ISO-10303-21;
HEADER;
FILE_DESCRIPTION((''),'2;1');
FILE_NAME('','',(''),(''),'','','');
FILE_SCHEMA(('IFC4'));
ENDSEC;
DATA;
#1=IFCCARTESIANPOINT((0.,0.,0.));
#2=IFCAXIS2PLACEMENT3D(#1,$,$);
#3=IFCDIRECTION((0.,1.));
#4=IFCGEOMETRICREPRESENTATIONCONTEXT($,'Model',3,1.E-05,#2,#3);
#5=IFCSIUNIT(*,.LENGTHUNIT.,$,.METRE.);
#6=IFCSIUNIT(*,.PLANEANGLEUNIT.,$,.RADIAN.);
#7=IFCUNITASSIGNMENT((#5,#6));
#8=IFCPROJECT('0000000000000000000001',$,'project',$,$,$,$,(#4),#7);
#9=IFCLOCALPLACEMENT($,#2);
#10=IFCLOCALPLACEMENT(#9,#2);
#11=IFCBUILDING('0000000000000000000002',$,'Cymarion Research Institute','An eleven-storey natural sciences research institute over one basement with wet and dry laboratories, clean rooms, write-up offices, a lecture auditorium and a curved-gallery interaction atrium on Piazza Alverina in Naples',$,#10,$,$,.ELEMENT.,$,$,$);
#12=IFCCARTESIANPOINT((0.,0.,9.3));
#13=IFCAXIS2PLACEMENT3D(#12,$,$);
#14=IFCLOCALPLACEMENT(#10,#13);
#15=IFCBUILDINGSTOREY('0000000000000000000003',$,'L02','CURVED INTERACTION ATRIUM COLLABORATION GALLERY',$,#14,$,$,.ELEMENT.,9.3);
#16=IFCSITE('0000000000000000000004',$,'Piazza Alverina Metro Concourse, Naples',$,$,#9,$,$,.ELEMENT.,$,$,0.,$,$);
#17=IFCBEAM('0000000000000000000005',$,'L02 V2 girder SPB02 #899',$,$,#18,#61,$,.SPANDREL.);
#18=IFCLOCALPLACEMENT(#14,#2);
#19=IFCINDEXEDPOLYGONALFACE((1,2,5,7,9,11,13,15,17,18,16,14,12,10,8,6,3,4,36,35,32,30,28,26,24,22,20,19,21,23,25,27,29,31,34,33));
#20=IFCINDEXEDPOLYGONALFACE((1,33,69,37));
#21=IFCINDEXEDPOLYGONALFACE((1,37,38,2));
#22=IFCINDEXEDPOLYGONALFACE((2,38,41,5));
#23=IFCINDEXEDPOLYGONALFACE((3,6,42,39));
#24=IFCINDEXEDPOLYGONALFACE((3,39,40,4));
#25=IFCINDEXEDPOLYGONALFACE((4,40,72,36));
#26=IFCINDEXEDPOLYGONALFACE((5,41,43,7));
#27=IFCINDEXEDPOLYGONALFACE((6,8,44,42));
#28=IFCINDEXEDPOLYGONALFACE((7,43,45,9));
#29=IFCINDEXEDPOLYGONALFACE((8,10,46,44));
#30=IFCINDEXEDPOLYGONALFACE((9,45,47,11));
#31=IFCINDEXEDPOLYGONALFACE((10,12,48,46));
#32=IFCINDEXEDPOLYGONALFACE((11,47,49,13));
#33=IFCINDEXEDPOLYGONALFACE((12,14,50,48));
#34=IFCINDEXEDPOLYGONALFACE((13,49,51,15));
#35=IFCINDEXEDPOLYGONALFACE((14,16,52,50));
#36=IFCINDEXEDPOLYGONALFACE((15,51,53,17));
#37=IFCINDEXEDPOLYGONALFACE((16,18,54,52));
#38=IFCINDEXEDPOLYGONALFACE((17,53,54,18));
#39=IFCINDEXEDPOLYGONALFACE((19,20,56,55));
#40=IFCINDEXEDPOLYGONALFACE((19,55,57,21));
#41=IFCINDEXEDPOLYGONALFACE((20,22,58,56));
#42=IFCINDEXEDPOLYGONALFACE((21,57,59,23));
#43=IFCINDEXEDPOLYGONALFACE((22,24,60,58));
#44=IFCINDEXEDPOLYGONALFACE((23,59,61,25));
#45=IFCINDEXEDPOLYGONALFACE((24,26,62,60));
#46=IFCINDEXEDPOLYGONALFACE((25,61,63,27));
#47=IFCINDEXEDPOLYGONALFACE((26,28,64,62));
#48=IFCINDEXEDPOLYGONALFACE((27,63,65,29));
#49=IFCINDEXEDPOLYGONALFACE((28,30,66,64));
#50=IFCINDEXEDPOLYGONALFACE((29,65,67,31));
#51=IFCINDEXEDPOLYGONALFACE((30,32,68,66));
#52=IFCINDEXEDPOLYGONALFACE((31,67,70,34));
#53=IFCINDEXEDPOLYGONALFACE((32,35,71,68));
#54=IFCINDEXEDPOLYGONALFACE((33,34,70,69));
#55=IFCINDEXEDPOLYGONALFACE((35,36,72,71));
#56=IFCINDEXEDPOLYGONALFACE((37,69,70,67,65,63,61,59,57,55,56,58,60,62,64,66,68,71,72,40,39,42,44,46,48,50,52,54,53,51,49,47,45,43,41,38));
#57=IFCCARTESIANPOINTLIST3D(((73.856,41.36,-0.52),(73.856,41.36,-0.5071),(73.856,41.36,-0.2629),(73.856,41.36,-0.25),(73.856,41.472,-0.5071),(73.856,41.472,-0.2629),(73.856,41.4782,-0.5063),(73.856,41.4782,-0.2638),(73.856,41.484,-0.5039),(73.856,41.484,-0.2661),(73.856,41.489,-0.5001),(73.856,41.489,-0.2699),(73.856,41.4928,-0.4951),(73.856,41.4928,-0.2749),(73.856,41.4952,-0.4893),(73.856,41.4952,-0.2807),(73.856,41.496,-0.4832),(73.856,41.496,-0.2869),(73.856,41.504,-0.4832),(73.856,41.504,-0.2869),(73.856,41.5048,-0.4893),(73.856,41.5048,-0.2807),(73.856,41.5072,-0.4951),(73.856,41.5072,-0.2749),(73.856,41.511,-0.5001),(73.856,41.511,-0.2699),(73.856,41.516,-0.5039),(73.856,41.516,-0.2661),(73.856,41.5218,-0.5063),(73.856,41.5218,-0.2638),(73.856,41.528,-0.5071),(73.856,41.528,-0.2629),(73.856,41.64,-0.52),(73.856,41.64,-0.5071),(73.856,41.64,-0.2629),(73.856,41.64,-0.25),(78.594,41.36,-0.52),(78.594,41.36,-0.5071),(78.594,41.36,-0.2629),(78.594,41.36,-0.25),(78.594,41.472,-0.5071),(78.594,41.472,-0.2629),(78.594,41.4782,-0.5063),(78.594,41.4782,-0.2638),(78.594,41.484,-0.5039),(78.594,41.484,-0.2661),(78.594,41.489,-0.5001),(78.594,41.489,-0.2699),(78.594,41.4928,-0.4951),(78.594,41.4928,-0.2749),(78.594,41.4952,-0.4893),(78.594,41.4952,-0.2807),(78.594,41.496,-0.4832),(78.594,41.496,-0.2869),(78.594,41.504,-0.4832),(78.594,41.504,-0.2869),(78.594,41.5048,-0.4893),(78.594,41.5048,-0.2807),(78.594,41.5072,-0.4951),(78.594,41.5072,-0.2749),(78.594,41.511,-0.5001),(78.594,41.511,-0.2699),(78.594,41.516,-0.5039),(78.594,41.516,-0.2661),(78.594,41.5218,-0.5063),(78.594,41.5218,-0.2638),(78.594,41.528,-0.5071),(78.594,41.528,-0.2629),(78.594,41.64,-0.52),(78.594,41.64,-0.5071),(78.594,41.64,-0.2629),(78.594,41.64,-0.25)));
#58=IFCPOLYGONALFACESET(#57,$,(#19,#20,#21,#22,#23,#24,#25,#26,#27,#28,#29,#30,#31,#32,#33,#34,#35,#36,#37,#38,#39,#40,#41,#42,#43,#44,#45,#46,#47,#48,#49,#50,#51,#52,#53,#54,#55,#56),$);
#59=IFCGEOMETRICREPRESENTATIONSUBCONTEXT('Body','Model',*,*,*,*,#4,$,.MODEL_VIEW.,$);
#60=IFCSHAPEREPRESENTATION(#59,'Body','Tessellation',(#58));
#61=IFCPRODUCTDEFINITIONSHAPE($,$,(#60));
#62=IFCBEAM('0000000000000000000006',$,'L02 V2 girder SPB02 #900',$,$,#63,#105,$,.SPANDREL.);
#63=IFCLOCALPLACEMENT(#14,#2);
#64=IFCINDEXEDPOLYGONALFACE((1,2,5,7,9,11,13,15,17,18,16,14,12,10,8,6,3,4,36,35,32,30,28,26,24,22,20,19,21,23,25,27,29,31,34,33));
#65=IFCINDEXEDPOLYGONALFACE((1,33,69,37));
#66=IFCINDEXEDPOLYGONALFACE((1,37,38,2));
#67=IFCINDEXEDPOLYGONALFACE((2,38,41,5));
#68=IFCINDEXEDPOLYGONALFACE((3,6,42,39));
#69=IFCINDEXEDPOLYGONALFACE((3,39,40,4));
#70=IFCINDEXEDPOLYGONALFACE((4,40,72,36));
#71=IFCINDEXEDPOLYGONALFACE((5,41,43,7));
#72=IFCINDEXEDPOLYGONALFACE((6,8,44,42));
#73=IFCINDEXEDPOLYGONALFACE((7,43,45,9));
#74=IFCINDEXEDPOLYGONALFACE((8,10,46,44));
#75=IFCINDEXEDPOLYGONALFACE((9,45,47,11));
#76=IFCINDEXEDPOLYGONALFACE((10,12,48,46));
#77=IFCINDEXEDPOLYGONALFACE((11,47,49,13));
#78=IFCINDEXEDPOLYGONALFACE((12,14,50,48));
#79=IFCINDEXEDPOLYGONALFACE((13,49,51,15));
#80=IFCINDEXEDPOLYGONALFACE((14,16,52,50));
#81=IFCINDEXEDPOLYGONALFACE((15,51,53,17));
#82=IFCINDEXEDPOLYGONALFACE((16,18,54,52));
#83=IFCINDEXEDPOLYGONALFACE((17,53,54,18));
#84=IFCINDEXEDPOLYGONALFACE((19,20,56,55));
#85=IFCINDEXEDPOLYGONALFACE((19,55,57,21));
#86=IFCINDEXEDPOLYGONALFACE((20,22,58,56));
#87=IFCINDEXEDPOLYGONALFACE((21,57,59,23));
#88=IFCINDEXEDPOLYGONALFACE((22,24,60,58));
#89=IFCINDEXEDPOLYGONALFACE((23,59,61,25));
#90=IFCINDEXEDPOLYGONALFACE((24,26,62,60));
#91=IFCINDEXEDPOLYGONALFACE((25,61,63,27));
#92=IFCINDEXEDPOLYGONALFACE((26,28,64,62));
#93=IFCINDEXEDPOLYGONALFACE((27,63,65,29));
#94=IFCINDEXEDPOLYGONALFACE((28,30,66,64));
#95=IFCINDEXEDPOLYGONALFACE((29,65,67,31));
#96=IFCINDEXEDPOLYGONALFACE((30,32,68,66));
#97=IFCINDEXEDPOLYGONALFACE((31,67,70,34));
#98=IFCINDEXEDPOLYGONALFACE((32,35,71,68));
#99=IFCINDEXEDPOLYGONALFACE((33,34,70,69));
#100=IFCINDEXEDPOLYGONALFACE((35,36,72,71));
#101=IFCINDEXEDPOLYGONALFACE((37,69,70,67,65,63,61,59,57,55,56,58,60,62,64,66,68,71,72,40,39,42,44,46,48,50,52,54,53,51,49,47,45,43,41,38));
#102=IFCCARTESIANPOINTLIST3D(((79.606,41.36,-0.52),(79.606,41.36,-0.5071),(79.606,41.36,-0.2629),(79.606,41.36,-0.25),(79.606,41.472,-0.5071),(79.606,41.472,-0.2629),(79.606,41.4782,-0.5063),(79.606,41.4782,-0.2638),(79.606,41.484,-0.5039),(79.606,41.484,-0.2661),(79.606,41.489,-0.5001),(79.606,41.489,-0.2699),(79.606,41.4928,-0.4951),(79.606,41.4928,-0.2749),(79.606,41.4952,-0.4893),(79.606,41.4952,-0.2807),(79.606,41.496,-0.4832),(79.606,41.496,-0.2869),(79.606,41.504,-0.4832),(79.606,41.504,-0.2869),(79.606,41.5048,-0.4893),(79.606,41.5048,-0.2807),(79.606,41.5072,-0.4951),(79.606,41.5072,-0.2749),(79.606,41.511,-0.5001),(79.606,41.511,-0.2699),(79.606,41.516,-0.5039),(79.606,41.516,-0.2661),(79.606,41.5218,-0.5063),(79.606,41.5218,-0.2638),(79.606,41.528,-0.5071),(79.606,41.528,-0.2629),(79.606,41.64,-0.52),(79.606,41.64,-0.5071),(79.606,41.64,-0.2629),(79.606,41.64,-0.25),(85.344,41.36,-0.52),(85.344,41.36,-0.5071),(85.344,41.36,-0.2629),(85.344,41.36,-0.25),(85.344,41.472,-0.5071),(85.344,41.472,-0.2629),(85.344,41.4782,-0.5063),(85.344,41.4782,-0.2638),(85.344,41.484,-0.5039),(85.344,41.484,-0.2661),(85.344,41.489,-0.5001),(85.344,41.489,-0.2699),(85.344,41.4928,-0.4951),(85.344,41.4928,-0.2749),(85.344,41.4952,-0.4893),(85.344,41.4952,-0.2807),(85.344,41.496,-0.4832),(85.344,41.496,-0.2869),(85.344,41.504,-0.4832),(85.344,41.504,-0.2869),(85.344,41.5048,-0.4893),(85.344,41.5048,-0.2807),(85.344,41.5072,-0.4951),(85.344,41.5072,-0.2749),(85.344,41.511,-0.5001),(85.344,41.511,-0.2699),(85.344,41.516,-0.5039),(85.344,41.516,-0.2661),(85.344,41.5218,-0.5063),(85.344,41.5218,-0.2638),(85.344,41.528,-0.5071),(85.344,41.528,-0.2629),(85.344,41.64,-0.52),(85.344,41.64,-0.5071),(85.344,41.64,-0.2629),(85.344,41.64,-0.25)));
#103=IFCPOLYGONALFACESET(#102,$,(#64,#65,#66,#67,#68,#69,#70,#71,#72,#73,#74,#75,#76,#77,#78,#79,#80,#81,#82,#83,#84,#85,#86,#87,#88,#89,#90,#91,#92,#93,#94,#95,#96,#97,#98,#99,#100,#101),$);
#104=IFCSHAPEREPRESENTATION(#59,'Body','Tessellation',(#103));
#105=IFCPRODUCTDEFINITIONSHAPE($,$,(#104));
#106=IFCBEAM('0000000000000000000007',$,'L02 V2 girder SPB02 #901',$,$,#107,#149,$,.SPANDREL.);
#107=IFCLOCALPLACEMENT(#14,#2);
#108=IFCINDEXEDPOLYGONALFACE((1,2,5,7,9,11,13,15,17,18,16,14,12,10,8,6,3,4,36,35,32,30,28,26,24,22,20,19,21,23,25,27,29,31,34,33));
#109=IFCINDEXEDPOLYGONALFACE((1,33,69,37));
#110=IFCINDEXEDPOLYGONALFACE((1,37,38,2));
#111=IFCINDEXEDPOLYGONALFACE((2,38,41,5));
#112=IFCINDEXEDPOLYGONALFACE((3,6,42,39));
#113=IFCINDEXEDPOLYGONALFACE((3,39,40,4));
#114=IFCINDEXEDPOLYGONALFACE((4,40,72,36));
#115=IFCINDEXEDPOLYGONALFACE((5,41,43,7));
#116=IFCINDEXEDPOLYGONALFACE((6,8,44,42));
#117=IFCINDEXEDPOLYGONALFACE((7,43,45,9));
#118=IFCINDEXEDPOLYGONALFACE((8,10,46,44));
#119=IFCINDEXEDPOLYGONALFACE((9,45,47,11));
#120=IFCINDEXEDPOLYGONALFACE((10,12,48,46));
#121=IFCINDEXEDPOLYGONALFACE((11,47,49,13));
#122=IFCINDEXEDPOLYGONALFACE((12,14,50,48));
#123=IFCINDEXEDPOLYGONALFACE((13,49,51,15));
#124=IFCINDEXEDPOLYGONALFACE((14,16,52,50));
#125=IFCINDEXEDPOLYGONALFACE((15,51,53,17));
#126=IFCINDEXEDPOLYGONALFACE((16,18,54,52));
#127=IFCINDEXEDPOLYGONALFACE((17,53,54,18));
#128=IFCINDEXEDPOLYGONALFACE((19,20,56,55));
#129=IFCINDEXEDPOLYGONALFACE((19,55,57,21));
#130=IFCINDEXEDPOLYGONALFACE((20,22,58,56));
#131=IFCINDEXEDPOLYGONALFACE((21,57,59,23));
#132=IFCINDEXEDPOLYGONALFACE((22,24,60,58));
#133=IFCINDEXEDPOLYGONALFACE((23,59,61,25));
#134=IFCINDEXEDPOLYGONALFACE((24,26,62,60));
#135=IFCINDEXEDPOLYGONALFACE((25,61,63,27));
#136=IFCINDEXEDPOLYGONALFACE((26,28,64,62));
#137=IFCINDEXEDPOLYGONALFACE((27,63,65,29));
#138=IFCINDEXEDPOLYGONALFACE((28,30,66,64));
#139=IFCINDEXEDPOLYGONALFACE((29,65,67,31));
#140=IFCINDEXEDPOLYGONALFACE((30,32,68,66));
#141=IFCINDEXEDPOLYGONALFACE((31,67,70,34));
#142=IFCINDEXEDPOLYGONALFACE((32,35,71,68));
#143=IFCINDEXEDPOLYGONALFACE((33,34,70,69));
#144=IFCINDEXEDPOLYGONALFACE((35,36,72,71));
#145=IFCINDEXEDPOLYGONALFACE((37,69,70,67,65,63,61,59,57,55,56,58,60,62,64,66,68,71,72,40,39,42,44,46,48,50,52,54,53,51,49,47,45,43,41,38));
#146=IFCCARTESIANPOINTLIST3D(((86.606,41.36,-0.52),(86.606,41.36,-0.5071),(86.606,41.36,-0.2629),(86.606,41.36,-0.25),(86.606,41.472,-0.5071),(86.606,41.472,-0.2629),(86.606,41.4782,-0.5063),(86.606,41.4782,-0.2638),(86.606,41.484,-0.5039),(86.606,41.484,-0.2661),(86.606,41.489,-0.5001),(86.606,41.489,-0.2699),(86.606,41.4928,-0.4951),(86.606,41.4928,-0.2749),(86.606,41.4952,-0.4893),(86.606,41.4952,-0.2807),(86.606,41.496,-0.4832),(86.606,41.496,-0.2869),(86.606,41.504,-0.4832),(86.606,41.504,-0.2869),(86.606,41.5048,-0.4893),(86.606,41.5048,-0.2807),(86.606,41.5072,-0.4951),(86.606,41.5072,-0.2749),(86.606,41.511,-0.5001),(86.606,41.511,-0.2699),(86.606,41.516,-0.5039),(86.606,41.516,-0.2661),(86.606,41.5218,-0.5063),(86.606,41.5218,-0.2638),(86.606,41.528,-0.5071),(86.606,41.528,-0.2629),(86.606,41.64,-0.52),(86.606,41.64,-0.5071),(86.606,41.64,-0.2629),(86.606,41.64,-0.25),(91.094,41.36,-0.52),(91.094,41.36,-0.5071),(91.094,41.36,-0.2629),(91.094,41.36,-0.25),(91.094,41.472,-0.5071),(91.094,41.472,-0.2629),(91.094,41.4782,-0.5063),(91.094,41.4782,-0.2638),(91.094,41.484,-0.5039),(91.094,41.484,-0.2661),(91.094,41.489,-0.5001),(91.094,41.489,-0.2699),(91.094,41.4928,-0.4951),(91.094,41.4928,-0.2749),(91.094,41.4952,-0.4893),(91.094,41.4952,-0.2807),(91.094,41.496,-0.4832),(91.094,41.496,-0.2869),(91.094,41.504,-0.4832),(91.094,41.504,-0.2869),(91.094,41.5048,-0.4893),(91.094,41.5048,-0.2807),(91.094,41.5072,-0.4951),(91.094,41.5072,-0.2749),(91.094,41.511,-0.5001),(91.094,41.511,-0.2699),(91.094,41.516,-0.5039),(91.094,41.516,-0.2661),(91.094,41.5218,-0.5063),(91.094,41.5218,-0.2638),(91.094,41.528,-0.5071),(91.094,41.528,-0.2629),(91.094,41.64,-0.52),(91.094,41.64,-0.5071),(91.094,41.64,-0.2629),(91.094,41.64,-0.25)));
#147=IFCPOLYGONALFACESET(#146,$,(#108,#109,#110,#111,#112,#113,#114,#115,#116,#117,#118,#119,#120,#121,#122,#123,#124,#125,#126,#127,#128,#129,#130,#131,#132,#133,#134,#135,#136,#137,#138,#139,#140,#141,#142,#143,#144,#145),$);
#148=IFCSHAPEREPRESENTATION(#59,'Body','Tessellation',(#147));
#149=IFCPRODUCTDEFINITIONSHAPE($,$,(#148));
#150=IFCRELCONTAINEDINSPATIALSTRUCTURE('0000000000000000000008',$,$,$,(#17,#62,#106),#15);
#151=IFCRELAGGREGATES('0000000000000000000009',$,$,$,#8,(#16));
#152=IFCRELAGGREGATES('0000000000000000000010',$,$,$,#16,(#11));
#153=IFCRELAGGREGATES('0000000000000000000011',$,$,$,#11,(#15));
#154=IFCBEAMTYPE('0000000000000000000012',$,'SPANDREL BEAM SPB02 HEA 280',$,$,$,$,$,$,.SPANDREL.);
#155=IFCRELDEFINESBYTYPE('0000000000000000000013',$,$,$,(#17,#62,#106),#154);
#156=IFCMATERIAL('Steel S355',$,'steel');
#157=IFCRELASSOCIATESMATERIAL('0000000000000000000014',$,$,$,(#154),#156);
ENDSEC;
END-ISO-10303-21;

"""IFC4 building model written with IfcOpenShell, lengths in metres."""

from ifc_helpers import new_model, si_unit, direction, frame, origin, origin_2d, place, context, subcontext, project, spatial, i_section, extrude, material, material_profile, profile_set, type_object, element, save


model = new_model("IFC4")

# Units and contexts
model_context = context("Model", 3, precision=1e-05, world=origin(), true_north=direction((0.0, 1.0)))
body_context = subcontext(model_context, "Body", "Model", "MODEL_VIEW")
ifc_project = project(units=[si_unit("LENGTHUNIT", "METRE"), si_unit("PLANEANGLEUNIT", "RADIAN")], contexts=[model_context])

# Site, building, storey
site_placement = place(None, origin())
site = spatial("IfcSite", under=ifc_project, at=site_placement, Name="Piazza Alverina Metro Concourse, Naples", CompositionType="ELEMENT", RefElevation=0.0)
building_placement = place(site_placement, origin())
building = spatial("IfcBuilding", under=site, at=building_placement, Name="Cymarion Research Institute", Description="An eleven-storey natural sciences research institute over one basement with wet and dry laboratories, clean rooms, write-up offices, a lecture auditorium and a curved-gallery interaction atrium on Piazza Alverina in Naples", CompositionType="ELEMENT")
storey_placement = place(building_placement, frame((0.0, 0.0, 9.3)))
storey = spatial("IfcBuildingStorey", under=building, at=storey_placement, Name="L02", Description="CURVED INTERACTION ATRIUM COLLABORATION GALLERY", CompositionType="ELEMENT", Elevation=9.3)

# Shared definitions
ifc_material_1 = material(Name="Steel S355", Category="steel")

# Beams
ifc_material_profile_1 = material_profile(ifc_material_1, i_section(OverallWidth=0.28, OverallDepth=0.27, WebThickness=0.0081, FlangeThickness=0.0129, FilletRadius=0.0239, at=origin_2d()), Name="HEA 280")
ifc_profile_set_1 = profile_set([ifc_material_profile_1], Name="Steel S355")
beam_type = type_object("IfcBeamType", Name="SPANDREL BEAM SPB02 HEA 280", PredefinedType="SPANDREL", material=ifc_profile_set_1)
beam_1_placement = place(storey_placement, frame((73.856, 41.5, -0.385), z_axis=(1.0, 0.0, 0.0), x_axis=(0.0, 1.0, 0.0)))
element("IfcBeam", 1, at=beam_1_placement, inside=storey, type_object=beam_type, Name="L02 V2 girder SPB02 #899", PredefinedType="SPANDREL", context=body_context, shape_type="SweptSolid", body=[
    extrude(i_section(OverallWidth=0.28, OverallDepth=0.27, WebThickness=0.0081, FlangeThickness=0.0129, FilletRadius=0.0239, at=origin_2d()), origin(), (0.0, 0.0, 1.0), 4.738),
])
beam_2_placement = place(storey_placement, frame((79.606, 41.5, -0.385), z_axis=(1.0, 0.0, 0.0), x_axis=(0.0, 1.0, 0.0)))
element("IfcBeam", 2, at=beam_2_placement, inside=storey, type_object=beam_type, Name="L02 V2 girder SPB02 #900", PredefinedType="SPANDREL", context=body_context, shape_type="SweptSolid", body=[
    extrude(i_section(OverallWidth=0.28, OverallDepth=0.27, WebThickness=0.0081, FlangeThickness=0.0129, FilletRadius=0.0239, at=origin_2d()), origin(), (0.0, 0.0, 1.0), 5.738),
])
beam_3_placement = place(storey_placement, frame((86.606, 41.5, -0.385), z_axis=(1.0, 0.0, 0.0), x_axis=(0.0, 1.0, 0.0)))
element("IfcBeam", 3, at=beam_3_placement, inside=storey, type_object=beam_type, Name="L02 V2 girder SPB02 #901", PredefinedType="SPANDREL", context=body_context, shape_type="SweptSolid", body=[
    extrude(i_section(OverallWidth=0.28, OverallDepth=0.27, WebThickness=0.0081, FlangeThickness=0.0129, FilletRadius=0.0239, at=origin_2d()), origin(), (0.0, 0.0, 1.0), 4.488),
])

save(model, "model.ifc")
